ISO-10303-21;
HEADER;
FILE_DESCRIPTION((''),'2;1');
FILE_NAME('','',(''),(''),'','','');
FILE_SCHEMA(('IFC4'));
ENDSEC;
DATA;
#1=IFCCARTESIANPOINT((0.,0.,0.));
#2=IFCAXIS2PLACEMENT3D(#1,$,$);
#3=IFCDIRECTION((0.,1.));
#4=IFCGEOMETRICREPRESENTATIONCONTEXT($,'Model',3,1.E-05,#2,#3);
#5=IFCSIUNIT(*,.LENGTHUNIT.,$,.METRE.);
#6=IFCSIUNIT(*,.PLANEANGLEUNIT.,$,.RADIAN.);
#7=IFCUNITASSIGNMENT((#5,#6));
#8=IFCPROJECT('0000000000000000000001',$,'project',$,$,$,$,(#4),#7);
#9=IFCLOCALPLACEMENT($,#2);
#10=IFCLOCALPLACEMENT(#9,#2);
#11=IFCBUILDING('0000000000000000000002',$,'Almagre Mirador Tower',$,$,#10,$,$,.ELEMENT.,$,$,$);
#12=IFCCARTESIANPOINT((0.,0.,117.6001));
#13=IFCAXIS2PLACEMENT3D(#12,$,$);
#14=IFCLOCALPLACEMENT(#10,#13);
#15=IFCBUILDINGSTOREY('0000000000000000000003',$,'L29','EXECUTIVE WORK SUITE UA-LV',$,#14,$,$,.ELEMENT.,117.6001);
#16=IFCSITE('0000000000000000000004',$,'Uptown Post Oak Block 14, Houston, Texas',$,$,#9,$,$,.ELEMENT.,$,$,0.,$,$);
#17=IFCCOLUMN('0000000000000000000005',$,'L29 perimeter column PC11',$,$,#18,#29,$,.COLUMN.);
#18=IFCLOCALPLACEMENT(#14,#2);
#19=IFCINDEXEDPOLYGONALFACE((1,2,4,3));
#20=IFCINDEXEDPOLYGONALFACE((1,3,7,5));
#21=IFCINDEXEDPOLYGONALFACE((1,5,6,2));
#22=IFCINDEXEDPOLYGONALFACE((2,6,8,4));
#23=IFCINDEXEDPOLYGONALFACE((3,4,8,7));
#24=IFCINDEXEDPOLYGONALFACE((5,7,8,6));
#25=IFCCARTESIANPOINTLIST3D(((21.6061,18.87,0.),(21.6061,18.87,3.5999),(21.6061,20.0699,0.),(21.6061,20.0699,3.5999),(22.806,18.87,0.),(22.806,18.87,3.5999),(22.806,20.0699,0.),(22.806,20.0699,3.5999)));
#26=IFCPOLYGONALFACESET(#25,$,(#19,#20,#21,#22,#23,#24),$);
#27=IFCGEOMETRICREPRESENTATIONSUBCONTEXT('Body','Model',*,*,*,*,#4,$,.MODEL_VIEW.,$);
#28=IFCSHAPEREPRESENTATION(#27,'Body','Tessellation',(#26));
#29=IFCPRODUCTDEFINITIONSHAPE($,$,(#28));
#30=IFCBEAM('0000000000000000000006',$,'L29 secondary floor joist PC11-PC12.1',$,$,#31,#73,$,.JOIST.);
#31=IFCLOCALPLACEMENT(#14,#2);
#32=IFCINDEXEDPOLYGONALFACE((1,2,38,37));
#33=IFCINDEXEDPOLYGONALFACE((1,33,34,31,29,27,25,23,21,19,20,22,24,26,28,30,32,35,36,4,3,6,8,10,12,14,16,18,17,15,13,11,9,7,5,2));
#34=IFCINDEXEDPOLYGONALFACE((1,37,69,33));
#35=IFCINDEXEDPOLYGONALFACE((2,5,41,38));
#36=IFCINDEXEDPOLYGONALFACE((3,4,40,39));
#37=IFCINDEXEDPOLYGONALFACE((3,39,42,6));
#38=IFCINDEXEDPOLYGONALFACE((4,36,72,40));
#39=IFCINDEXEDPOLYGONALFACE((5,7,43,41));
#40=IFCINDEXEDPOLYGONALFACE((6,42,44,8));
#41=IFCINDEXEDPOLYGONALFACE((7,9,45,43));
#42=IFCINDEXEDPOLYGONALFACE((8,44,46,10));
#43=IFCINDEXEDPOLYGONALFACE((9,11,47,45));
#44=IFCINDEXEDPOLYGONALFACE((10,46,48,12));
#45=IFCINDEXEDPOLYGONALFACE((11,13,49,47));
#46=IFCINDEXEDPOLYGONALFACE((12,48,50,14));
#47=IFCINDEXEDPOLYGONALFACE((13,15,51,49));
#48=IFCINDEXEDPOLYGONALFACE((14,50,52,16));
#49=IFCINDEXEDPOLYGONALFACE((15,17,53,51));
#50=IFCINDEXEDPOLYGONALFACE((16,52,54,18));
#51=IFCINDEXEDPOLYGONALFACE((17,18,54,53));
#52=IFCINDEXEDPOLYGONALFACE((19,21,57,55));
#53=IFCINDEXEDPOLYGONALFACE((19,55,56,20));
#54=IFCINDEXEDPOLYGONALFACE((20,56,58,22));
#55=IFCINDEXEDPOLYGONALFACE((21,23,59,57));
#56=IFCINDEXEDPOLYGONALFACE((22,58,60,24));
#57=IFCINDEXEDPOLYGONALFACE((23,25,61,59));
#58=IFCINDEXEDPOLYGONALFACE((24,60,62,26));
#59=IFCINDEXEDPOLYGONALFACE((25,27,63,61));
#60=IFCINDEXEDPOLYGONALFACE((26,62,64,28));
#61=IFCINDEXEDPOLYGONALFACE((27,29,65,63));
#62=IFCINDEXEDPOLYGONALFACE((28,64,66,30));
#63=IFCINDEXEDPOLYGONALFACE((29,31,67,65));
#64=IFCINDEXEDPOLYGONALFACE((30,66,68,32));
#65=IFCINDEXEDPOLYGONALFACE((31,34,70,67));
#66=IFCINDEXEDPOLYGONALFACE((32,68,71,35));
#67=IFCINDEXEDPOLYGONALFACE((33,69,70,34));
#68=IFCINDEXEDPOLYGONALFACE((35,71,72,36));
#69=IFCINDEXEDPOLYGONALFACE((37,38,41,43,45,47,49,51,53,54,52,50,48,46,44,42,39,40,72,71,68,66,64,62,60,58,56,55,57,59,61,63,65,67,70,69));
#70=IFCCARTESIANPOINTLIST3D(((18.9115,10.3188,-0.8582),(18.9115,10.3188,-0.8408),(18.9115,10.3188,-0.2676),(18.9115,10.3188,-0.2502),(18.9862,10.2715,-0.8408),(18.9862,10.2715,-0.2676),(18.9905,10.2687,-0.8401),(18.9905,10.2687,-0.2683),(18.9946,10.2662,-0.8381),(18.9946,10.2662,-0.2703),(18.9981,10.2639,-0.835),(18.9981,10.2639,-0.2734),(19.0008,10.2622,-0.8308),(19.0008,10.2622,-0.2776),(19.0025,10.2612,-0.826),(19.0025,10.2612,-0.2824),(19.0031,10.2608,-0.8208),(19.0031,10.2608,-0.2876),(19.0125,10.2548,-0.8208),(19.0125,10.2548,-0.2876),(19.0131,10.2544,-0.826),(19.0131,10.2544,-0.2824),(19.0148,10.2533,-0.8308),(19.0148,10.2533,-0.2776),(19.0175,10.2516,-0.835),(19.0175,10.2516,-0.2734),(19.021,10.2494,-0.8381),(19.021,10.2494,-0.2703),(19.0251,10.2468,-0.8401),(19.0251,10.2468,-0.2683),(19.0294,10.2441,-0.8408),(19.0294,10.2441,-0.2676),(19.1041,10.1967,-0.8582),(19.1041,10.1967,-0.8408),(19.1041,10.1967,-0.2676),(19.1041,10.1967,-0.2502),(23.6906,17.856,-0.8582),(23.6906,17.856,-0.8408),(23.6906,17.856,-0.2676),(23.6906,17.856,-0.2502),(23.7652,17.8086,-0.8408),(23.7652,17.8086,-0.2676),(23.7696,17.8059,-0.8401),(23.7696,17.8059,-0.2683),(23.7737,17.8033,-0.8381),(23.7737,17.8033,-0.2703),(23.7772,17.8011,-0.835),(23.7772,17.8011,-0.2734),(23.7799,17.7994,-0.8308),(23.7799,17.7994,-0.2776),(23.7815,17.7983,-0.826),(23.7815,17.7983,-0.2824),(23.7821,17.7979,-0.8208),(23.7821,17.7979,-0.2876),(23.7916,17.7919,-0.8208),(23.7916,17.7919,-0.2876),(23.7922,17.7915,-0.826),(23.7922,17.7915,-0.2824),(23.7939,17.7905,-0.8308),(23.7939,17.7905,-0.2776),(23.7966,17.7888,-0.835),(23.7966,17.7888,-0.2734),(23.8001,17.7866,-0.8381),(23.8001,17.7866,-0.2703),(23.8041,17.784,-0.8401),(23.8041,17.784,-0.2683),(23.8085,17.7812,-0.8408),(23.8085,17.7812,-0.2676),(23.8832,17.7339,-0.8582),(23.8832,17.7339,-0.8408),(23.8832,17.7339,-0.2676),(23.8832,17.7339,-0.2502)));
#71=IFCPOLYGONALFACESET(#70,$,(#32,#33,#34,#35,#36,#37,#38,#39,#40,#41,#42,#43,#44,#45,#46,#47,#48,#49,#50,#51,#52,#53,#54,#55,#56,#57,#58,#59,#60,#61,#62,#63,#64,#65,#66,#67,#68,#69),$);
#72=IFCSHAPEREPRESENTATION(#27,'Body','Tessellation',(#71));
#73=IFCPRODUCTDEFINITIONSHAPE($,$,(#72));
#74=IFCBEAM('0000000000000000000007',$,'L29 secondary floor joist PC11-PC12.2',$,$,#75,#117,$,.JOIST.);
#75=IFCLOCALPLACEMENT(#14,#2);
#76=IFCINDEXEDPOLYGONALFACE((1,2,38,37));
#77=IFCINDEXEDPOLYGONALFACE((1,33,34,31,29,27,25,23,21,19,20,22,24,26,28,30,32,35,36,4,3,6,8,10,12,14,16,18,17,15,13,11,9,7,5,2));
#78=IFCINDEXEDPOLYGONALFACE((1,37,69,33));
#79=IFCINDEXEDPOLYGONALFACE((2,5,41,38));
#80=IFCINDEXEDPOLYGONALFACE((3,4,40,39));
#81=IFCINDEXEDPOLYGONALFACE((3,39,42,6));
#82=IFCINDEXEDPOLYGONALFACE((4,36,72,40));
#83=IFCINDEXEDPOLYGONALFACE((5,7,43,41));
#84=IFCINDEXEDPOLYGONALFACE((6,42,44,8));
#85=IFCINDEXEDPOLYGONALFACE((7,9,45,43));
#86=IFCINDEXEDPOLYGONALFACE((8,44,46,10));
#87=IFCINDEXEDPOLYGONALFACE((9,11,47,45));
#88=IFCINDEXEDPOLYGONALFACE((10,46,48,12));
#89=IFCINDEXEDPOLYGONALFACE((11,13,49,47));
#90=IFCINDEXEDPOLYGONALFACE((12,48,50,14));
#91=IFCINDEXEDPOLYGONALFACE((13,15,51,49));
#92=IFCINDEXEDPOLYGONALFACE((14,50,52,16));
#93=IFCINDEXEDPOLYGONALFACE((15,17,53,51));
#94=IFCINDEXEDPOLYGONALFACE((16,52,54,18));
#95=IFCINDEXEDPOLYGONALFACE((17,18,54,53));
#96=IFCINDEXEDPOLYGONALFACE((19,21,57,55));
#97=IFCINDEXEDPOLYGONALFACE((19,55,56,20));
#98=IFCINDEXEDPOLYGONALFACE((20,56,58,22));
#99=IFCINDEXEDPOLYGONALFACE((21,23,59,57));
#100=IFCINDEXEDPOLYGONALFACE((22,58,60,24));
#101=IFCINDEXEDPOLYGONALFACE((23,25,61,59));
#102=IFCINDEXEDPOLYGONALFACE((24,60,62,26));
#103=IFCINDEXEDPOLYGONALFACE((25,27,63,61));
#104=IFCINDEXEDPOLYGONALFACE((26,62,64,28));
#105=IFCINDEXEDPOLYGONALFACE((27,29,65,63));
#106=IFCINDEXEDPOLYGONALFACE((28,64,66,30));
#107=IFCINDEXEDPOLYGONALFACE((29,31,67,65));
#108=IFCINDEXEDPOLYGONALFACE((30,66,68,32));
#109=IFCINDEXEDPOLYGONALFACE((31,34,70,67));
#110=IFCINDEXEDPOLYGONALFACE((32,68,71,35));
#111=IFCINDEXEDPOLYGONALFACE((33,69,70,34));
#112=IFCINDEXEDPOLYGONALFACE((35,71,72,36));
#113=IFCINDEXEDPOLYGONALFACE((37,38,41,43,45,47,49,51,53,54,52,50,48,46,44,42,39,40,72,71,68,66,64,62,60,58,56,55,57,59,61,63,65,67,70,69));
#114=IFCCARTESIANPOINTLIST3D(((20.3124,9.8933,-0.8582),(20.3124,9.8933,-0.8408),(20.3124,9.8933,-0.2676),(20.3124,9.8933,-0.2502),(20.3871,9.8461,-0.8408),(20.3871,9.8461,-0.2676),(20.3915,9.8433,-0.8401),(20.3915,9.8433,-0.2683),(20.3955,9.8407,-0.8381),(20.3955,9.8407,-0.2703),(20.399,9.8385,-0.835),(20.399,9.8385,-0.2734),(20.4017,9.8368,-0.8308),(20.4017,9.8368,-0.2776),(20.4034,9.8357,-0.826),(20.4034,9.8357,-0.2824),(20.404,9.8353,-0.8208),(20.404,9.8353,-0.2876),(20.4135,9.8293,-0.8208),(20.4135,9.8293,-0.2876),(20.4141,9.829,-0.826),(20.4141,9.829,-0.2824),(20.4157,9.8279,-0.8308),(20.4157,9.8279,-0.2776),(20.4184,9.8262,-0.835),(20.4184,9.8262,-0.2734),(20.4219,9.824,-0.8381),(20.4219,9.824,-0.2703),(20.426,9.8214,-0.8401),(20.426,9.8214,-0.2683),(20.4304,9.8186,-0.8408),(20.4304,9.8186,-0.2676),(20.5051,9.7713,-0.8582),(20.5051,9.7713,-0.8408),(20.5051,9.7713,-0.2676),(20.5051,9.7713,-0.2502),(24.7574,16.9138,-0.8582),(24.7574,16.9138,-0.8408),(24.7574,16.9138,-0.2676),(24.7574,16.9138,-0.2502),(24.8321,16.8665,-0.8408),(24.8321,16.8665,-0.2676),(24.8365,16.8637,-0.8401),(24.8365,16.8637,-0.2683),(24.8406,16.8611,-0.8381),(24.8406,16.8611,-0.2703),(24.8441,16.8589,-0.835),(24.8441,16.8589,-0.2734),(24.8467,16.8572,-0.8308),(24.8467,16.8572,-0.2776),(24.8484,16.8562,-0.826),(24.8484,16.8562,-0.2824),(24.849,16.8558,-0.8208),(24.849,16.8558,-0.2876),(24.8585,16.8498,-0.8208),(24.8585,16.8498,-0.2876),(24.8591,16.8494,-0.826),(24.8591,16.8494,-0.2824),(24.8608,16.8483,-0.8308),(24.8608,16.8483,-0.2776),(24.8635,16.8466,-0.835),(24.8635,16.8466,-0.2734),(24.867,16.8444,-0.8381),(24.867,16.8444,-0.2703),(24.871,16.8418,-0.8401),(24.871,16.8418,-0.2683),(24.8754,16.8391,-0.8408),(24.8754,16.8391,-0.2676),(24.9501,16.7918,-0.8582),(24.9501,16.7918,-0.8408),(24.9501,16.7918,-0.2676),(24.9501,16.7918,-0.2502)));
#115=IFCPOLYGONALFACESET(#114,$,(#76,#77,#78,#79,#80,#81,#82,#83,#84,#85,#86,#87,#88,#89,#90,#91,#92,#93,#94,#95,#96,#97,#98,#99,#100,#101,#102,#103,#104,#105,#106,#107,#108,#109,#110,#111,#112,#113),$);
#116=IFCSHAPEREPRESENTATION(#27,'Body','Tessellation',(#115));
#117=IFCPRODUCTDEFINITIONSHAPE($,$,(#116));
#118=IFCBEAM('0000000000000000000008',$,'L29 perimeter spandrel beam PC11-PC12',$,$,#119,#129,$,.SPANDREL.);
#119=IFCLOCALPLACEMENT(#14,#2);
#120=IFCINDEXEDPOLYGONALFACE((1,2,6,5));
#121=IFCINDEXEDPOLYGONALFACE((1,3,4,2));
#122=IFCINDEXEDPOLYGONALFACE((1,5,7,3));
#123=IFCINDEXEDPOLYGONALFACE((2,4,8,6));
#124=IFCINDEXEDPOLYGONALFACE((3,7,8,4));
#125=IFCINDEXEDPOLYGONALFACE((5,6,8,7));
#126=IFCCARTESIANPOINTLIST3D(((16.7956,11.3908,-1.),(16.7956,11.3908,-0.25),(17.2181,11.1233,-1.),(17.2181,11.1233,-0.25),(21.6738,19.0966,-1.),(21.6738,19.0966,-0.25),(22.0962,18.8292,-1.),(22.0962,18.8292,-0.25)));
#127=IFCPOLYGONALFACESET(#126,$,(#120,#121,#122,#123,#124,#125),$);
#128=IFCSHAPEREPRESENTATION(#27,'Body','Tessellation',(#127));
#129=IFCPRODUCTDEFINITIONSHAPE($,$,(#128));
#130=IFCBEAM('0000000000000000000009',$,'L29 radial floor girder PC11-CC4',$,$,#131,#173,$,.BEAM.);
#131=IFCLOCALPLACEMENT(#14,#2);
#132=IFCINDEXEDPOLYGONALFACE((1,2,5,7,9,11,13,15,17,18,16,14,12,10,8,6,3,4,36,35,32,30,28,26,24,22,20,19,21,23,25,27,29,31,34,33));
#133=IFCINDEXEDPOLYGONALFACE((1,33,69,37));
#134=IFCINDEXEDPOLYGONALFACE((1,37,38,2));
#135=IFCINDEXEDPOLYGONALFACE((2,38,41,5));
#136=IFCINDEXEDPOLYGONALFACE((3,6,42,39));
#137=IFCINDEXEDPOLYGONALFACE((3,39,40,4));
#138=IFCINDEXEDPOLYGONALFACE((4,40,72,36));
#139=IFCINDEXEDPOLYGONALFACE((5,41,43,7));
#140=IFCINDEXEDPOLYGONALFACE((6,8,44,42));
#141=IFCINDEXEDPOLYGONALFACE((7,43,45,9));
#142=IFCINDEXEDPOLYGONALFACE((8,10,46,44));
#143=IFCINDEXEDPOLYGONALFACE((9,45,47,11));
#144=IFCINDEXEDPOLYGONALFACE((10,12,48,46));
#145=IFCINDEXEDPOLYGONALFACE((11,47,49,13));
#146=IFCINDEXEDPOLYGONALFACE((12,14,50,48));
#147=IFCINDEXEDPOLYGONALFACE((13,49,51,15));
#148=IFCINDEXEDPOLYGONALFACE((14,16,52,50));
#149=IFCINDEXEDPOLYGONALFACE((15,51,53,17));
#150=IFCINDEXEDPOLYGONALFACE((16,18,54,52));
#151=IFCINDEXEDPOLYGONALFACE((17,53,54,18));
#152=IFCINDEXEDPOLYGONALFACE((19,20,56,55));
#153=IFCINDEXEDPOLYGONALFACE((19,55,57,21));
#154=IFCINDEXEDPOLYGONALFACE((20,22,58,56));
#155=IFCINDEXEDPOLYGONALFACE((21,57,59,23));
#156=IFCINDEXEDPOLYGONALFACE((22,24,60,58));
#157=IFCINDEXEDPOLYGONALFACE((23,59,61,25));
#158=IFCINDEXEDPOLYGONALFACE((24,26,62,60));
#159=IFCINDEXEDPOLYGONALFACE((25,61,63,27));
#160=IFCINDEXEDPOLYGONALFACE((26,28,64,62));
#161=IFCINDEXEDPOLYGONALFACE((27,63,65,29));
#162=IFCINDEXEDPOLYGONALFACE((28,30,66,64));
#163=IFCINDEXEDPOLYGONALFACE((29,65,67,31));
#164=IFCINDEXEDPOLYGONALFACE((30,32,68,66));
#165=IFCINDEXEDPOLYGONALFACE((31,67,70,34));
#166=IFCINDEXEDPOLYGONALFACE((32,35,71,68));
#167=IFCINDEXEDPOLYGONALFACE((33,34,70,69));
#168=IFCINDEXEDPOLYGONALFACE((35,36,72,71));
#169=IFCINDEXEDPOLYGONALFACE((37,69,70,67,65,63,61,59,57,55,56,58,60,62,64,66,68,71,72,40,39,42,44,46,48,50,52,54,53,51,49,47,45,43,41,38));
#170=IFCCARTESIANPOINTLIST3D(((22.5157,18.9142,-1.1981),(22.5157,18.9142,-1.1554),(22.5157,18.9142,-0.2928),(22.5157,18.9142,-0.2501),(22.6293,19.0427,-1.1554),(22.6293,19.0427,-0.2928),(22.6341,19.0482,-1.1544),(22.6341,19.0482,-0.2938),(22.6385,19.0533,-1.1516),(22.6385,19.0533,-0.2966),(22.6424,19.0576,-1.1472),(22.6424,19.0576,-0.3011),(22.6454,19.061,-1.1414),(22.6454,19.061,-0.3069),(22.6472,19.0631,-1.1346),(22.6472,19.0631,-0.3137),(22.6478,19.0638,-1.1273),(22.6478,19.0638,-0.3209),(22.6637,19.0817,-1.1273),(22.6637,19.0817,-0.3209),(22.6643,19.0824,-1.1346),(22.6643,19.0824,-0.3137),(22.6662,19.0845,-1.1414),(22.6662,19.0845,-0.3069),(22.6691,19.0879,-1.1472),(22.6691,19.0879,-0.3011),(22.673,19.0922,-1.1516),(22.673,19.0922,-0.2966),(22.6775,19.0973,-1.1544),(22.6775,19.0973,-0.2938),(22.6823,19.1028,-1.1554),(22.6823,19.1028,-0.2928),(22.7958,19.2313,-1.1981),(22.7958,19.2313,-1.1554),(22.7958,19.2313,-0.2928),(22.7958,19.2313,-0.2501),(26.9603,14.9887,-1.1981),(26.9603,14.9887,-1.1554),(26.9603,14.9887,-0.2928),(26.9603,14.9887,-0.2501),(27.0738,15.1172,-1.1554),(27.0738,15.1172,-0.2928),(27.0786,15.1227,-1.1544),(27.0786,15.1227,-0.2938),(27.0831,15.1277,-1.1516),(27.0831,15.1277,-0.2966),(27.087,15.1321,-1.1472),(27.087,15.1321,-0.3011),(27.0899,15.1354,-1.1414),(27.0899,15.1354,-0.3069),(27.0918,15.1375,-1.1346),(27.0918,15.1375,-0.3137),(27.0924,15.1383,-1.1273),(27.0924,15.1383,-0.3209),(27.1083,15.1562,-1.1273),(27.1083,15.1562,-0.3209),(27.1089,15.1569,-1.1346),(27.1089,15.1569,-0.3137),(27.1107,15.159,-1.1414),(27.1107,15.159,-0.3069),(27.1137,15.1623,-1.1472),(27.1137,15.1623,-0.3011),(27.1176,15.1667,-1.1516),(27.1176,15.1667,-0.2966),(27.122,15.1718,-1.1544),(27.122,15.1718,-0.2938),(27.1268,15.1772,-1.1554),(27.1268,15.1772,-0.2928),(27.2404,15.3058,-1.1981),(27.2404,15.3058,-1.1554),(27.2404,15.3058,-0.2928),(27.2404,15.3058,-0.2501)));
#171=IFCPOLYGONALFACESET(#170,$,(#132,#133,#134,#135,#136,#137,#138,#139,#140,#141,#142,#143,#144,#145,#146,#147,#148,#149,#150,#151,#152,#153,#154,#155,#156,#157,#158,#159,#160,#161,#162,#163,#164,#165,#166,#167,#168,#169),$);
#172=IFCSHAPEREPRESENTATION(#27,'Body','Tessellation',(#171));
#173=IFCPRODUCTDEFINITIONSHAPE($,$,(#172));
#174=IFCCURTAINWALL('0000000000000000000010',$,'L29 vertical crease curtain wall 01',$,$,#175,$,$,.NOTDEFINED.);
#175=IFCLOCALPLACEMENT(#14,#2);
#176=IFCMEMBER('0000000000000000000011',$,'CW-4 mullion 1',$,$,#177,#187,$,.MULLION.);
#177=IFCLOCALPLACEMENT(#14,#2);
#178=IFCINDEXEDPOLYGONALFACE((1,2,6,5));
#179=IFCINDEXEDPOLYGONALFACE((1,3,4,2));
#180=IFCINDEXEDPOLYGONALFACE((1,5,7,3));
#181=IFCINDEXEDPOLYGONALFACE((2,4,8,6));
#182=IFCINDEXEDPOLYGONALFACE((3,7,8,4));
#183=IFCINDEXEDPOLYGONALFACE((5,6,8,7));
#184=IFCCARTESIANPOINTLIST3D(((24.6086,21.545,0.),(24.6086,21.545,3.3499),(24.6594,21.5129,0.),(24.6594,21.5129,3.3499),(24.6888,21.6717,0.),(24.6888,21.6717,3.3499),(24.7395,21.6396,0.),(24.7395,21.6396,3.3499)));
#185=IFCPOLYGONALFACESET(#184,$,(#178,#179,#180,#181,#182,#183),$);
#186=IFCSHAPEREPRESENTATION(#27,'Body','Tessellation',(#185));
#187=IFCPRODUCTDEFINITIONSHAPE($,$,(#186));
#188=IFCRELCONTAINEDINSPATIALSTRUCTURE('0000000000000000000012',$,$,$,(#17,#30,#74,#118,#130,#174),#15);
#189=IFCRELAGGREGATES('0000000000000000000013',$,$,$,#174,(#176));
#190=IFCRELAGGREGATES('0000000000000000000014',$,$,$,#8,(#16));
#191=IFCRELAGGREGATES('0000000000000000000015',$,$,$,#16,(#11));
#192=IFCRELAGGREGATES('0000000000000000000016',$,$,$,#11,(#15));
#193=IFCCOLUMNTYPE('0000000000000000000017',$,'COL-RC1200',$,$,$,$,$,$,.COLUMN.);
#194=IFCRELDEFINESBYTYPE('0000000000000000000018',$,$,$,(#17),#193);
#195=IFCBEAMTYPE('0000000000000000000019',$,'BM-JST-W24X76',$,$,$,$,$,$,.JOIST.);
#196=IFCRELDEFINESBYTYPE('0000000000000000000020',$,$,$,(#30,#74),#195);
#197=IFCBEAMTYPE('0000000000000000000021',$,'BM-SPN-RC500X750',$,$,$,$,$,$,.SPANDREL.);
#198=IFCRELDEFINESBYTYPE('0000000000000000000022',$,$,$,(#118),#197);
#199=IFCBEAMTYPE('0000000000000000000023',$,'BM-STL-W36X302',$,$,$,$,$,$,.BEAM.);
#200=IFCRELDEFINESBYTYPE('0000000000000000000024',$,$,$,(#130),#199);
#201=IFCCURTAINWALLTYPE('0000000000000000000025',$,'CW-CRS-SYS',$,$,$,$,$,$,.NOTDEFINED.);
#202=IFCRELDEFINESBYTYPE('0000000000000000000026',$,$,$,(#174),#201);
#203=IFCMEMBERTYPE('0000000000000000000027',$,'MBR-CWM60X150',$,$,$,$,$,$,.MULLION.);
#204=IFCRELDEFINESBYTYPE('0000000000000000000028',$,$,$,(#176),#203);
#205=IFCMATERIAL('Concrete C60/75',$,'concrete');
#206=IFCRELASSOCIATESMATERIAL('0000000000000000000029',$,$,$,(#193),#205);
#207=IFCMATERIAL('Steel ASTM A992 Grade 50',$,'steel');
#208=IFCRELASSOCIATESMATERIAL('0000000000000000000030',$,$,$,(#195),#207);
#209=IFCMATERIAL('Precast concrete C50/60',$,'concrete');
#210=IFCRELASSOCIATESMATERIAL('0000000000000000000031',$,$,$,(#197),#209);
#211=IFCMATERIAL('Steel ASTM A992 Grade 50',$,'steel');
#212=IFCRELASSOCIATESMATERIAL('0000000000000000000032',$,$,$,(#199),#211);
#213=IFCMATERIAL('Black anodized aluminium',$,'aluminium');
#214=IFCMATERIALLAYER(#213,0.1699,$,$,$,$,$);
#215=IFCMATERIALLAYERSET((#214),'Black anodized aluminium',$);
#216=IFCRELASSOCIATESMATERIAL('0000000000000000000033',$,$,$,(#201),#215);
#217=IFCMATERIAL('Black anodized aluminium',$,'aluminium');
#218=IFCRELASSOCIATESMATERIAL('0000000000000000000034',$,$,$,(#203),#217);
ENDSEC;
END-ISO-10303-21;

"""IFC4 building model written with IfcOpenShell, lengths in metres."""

from ifc_helpers import new_model, si_unit, direction, frame, origin, origin_2d, place, context, subcontext, project, spatial, rectangle, i_section, extrude, material, layer, layer_set, material_profile, profile_set, type_object, element, aggregate, save


model = new_model("IFC4")

# Units and contexts
model_context = context("Model", 3, precision=1e-05, world=origin(), true_north=direction((0.0, 1.0)))
body_context = subcontext(model_context, "Body", "Model", "MODEL_VIEW")
ifc_project = project(units=[si_unit("LENGTHUNIT", "METRE"), si_unit("PLANEANGLEUNIT", "RADIAN")], contexts=[model_context])

# Site, building, storey
site_placement = place(None, origin())
site = spatial("IfcSite", under=ifc_project, at=site_placement, Name="Uptown Post Oak Block 14, Houston, Texas", CompositionType="ELEMENT", RefElevation=0.0)
building_placement = place(site_placement, origin())
building = spatial("IfcBuilding", under=site, at=building_placement, Name="Almagre Mirador Tower", CompositionType="ELEMENT")
storey_placement = place(building_placement, frame((0.0, 0.0, 117.6001)))
storey = spatial("IfcBuildingStorey", under=building, at=storey_placement, Name="L29", Description="EXECUTIVE WORK SUITE UA-LV", CompositionType="ELEMENT", Elevation=117.6001)

# Column
ifc_material_1 = material(Name="Concrete C60/75", Category="concrete")
ifc_material_profile_1 = material_profile(ifc_material_1, rectangle(XDim=1.2, YDim=1.2, at=origin_2d()), Name="RC1200X1200")
ifc_profile_set_1 = profile_set([ifc_material_profile_1], Name="Concrete C60/75")
column_type = type_object("IfcColumnType", Name="COL-RC1200", PredefinedType="COLUMN", material=ifc_profile_set_1)
column_placement = place(storey_placement, frame((22.2061, 19.47, 0.0), z_axis=(0.0, 0.0, 1.0), x_axis=(1.0, 0.0, 0.0)))
element("IfcColumn", 1, at=column_placement, inside=storey, type_object=column_type, Name="L29 perimeter column PC11", PredefinedType="COLUMN", context=body_context, shape_type="SweptSolid", body=[
    extrude(rectangle(XDim=1.2, YDim=1.2, at=origin_2d()), origin(), (0.0, 0.0, 1.0), 3.5999),
])

# Beams
ifc_material_2 = material(Name="Steel ASTM A992 Grade 50", Category="steel")
ifc_material_profile_2 = material_profile(ifc_material_2, i_section(OverallWidth=0.228, OverallDepth=0.6079, WebThickness=0.0112, FlangeThickness=0.0173, FilletRadius=0.02, at=origin_2d()), Name="W24X76")
ifc_profile_set_2 = profile_set([ifc_material_profile_2], Name="Steel ASTM A992 Grade 50")
beam_type_1 = type_object("IfcBeamType", Name="BM-JST-W24X76", PredefinedType="JOIST", material=ifc_profile_set_2)
beam_1_placement = place(storey_placement, frame((23.7869, 17.7949, -0.5542), z_axis=(-0.535496, -0.844538, 0.0), x_axis=(0.844538, -0.535496, 0.0)))
element("IfcBeam", 2, at=beam_1_placement, inside=storey, type_object=beam_type_1, Name="L29 secondary floor joist PC11-PC12.1", PredefinedType="JOIST", context=body_context, shape_type="SweptSolid", body=[
    extrude(i_section(OverallWidth=0.228, OverallDepth=0.6079, WebThickness=0.0112, FlangeThickness=0.0173, FilletRadius=0.02, at=origin_2d()), origin(), (0.0, 0.0, 1.0), 8.9246),
])
beam_2_placement = place(storey_placement, frame((24.8538, 16.8528, -0.5542), z_axis=(-0.534944, -0.844887, 0.0), x_axis=(0.844887, -0.534944, 0.0)))
element("IfcBeam", 3, at=beam_2_placement, inside=storey, type_object=beam_type_1, Name="L29 secondary floor joist PC11-PC12.2", PredefinedType="JOIST", context=body_context, shape_type="SweptSolid", body=[
    extrude(i_section(OverallWidth=0.228, OverallDepth=0.6079, WebThickness=0.0112, FlangeThickness=0.0173, FilletRadius=0.02, at=origin_2d()), origin(), (0.0, 0.0, 1.0), 8.3093),
])
ifc_material_3 = material(Name="Precast concrete C50/60", Category="concrete")
ifc_material_profile_3 = material_profile(ifc_material_3, rectangle(XDim=0.5, YDim=0.75, at=origin_2d()), Name="RC500X750")
ifc_profile_set_3 = profile_set([ifc_material_profile_3], Name="Precast concrete C50/60")
beam_type_2 = type_object("IfcBeamType", Name="BM-SPN-RC500X750", PredefinedType="SPANDREL", material=ifc_profile_set_3)
beam_3_placement = place(storey_placement, frame((21.885, 18.9629, -0.625), z_axis=(-0.534882, -0.844927, 0.0), x_axis=(0.844927, -0.534882, 0.0)))
element("IfcBeam", 4, at=beam_3_placement, inside=storey, type_object=beam_type_2, Name="L29 perimeter spandrel beam PC11-PC12", PredefinedType="SPANDREL", context=body_context, shape_type="SweptSolid", body=[
    extrude(rectangle(XDim=0.5, YDim=0.75, at=origin_2d()), origin(), (0.0, 0.0, 1.0), 9.1201),
])
ifc_material_4 = material(Name="Steel ASTM A992 Grade 50", Category="steel")
ifc_material_profile_4 = material_profile(ifc_material_4, i_section(OverallWidth=0.4231, OverallDepth=0.948, WebThickness=0.0239, FlangeThickness=0.0427, FilletRadius=0.0281, at=origin_2d()), Name="W36X302")
ifc_profile_set_4 = profile_set([ifc_material_profile_4], Name="Steel ASTM A992 Grade 50")
beam_type_3 = type_object("IfcBeamType", Name="BM-STL-W36X302", PredefinedType="BEAM", material=ifc_profile_set_4)
beam_4_placement = place(storey_placement, frame((22.6558, 19.0728, -0.7241), z_axis=(0.749516, -0.661986, 0.0), x_axis=(0.661986, 0.749516, 0.0)))
element("IfcBeam", 5, at=beam_4_placement, inside=storey, type_object=beam_type_3, Name="L29 radial floor girder PC11-CC4", PredefinedType="BEAM", context=body_context, shape_type="SweptSolid", body=[
    extrude(i_section(OverallWidth=0.4231, OverallDepth=0.948, WebThickness=0.0239, FlangeThickness=0.0427, FilletRadius=0.0281, at=origin_2d()), origin(), (0.0, 0.0, 1.0), 5.9299),
])

# Curtain wall, member
ifc_material_5 = material(Name="Black anodized aluminium", Category="aluminium")
ifc_layer_1 = layer(ifc_material_5, 0.1699)
ifc_layer_set_1 = layer_set([ifc_layer_1], Name="Black anodized aluminium")
curtain_wall_type = type_object("IfcCurtainWallType", Name="CW-CRS-SYS", PredefinedType="NOTDEFINED", material=ifc_layer_set_1)
curtain_wall_placement = place(storey_placement, origin())
curtain_wall = element("IfcCurtainWall", 6, at=curtain_wall_placement, inside=storey, type_object=curtain_wall_type, Name="L29 vertical crease curtain wall 01", PredefinedType="NOTDEFINED")
ifc_material_6 = material(Name="Black anodized aluminium", Category="aluminium")
ifc_material_profile_5 = material_profile(ifc_material_6, rectangle(XDim=0.0601, YDim=0.1499, at=origin_2d()), Name="CWM60X150")
ifc_profile_set_5 = profile_set([ifc_material_profile_5], Name="Black anodized aluminium")
member_type_1 = type_object("IfcMemberType", Name="MBR-CWM60X150", PredefinedType="MULLION", material=ifc_profile_set_5)
member_1_placement = place(storey_placement, frame((24.6741, 21.5923, 0.0), z_axis=(0.0, 0.0, 1.0), x_axis=(-0.84492, 0.534893, 0.0)))
member_1 = element("IfcMember", 7, at=member_1_placement, type_object=member_type_1, Name="CW-4 mullion 1", PredefinedType="MULLION", context=body_context, shape_type="SweptSolid", body=[
    extrude(rectangle(XDim=0.0601, YDim=0.1499, at=origin_2d()), origin(), (0.0, 0.0, 1.0), 3.3499),
])
aggregate(curtain_wall, [member_1])

save(model, "model.ifc")
